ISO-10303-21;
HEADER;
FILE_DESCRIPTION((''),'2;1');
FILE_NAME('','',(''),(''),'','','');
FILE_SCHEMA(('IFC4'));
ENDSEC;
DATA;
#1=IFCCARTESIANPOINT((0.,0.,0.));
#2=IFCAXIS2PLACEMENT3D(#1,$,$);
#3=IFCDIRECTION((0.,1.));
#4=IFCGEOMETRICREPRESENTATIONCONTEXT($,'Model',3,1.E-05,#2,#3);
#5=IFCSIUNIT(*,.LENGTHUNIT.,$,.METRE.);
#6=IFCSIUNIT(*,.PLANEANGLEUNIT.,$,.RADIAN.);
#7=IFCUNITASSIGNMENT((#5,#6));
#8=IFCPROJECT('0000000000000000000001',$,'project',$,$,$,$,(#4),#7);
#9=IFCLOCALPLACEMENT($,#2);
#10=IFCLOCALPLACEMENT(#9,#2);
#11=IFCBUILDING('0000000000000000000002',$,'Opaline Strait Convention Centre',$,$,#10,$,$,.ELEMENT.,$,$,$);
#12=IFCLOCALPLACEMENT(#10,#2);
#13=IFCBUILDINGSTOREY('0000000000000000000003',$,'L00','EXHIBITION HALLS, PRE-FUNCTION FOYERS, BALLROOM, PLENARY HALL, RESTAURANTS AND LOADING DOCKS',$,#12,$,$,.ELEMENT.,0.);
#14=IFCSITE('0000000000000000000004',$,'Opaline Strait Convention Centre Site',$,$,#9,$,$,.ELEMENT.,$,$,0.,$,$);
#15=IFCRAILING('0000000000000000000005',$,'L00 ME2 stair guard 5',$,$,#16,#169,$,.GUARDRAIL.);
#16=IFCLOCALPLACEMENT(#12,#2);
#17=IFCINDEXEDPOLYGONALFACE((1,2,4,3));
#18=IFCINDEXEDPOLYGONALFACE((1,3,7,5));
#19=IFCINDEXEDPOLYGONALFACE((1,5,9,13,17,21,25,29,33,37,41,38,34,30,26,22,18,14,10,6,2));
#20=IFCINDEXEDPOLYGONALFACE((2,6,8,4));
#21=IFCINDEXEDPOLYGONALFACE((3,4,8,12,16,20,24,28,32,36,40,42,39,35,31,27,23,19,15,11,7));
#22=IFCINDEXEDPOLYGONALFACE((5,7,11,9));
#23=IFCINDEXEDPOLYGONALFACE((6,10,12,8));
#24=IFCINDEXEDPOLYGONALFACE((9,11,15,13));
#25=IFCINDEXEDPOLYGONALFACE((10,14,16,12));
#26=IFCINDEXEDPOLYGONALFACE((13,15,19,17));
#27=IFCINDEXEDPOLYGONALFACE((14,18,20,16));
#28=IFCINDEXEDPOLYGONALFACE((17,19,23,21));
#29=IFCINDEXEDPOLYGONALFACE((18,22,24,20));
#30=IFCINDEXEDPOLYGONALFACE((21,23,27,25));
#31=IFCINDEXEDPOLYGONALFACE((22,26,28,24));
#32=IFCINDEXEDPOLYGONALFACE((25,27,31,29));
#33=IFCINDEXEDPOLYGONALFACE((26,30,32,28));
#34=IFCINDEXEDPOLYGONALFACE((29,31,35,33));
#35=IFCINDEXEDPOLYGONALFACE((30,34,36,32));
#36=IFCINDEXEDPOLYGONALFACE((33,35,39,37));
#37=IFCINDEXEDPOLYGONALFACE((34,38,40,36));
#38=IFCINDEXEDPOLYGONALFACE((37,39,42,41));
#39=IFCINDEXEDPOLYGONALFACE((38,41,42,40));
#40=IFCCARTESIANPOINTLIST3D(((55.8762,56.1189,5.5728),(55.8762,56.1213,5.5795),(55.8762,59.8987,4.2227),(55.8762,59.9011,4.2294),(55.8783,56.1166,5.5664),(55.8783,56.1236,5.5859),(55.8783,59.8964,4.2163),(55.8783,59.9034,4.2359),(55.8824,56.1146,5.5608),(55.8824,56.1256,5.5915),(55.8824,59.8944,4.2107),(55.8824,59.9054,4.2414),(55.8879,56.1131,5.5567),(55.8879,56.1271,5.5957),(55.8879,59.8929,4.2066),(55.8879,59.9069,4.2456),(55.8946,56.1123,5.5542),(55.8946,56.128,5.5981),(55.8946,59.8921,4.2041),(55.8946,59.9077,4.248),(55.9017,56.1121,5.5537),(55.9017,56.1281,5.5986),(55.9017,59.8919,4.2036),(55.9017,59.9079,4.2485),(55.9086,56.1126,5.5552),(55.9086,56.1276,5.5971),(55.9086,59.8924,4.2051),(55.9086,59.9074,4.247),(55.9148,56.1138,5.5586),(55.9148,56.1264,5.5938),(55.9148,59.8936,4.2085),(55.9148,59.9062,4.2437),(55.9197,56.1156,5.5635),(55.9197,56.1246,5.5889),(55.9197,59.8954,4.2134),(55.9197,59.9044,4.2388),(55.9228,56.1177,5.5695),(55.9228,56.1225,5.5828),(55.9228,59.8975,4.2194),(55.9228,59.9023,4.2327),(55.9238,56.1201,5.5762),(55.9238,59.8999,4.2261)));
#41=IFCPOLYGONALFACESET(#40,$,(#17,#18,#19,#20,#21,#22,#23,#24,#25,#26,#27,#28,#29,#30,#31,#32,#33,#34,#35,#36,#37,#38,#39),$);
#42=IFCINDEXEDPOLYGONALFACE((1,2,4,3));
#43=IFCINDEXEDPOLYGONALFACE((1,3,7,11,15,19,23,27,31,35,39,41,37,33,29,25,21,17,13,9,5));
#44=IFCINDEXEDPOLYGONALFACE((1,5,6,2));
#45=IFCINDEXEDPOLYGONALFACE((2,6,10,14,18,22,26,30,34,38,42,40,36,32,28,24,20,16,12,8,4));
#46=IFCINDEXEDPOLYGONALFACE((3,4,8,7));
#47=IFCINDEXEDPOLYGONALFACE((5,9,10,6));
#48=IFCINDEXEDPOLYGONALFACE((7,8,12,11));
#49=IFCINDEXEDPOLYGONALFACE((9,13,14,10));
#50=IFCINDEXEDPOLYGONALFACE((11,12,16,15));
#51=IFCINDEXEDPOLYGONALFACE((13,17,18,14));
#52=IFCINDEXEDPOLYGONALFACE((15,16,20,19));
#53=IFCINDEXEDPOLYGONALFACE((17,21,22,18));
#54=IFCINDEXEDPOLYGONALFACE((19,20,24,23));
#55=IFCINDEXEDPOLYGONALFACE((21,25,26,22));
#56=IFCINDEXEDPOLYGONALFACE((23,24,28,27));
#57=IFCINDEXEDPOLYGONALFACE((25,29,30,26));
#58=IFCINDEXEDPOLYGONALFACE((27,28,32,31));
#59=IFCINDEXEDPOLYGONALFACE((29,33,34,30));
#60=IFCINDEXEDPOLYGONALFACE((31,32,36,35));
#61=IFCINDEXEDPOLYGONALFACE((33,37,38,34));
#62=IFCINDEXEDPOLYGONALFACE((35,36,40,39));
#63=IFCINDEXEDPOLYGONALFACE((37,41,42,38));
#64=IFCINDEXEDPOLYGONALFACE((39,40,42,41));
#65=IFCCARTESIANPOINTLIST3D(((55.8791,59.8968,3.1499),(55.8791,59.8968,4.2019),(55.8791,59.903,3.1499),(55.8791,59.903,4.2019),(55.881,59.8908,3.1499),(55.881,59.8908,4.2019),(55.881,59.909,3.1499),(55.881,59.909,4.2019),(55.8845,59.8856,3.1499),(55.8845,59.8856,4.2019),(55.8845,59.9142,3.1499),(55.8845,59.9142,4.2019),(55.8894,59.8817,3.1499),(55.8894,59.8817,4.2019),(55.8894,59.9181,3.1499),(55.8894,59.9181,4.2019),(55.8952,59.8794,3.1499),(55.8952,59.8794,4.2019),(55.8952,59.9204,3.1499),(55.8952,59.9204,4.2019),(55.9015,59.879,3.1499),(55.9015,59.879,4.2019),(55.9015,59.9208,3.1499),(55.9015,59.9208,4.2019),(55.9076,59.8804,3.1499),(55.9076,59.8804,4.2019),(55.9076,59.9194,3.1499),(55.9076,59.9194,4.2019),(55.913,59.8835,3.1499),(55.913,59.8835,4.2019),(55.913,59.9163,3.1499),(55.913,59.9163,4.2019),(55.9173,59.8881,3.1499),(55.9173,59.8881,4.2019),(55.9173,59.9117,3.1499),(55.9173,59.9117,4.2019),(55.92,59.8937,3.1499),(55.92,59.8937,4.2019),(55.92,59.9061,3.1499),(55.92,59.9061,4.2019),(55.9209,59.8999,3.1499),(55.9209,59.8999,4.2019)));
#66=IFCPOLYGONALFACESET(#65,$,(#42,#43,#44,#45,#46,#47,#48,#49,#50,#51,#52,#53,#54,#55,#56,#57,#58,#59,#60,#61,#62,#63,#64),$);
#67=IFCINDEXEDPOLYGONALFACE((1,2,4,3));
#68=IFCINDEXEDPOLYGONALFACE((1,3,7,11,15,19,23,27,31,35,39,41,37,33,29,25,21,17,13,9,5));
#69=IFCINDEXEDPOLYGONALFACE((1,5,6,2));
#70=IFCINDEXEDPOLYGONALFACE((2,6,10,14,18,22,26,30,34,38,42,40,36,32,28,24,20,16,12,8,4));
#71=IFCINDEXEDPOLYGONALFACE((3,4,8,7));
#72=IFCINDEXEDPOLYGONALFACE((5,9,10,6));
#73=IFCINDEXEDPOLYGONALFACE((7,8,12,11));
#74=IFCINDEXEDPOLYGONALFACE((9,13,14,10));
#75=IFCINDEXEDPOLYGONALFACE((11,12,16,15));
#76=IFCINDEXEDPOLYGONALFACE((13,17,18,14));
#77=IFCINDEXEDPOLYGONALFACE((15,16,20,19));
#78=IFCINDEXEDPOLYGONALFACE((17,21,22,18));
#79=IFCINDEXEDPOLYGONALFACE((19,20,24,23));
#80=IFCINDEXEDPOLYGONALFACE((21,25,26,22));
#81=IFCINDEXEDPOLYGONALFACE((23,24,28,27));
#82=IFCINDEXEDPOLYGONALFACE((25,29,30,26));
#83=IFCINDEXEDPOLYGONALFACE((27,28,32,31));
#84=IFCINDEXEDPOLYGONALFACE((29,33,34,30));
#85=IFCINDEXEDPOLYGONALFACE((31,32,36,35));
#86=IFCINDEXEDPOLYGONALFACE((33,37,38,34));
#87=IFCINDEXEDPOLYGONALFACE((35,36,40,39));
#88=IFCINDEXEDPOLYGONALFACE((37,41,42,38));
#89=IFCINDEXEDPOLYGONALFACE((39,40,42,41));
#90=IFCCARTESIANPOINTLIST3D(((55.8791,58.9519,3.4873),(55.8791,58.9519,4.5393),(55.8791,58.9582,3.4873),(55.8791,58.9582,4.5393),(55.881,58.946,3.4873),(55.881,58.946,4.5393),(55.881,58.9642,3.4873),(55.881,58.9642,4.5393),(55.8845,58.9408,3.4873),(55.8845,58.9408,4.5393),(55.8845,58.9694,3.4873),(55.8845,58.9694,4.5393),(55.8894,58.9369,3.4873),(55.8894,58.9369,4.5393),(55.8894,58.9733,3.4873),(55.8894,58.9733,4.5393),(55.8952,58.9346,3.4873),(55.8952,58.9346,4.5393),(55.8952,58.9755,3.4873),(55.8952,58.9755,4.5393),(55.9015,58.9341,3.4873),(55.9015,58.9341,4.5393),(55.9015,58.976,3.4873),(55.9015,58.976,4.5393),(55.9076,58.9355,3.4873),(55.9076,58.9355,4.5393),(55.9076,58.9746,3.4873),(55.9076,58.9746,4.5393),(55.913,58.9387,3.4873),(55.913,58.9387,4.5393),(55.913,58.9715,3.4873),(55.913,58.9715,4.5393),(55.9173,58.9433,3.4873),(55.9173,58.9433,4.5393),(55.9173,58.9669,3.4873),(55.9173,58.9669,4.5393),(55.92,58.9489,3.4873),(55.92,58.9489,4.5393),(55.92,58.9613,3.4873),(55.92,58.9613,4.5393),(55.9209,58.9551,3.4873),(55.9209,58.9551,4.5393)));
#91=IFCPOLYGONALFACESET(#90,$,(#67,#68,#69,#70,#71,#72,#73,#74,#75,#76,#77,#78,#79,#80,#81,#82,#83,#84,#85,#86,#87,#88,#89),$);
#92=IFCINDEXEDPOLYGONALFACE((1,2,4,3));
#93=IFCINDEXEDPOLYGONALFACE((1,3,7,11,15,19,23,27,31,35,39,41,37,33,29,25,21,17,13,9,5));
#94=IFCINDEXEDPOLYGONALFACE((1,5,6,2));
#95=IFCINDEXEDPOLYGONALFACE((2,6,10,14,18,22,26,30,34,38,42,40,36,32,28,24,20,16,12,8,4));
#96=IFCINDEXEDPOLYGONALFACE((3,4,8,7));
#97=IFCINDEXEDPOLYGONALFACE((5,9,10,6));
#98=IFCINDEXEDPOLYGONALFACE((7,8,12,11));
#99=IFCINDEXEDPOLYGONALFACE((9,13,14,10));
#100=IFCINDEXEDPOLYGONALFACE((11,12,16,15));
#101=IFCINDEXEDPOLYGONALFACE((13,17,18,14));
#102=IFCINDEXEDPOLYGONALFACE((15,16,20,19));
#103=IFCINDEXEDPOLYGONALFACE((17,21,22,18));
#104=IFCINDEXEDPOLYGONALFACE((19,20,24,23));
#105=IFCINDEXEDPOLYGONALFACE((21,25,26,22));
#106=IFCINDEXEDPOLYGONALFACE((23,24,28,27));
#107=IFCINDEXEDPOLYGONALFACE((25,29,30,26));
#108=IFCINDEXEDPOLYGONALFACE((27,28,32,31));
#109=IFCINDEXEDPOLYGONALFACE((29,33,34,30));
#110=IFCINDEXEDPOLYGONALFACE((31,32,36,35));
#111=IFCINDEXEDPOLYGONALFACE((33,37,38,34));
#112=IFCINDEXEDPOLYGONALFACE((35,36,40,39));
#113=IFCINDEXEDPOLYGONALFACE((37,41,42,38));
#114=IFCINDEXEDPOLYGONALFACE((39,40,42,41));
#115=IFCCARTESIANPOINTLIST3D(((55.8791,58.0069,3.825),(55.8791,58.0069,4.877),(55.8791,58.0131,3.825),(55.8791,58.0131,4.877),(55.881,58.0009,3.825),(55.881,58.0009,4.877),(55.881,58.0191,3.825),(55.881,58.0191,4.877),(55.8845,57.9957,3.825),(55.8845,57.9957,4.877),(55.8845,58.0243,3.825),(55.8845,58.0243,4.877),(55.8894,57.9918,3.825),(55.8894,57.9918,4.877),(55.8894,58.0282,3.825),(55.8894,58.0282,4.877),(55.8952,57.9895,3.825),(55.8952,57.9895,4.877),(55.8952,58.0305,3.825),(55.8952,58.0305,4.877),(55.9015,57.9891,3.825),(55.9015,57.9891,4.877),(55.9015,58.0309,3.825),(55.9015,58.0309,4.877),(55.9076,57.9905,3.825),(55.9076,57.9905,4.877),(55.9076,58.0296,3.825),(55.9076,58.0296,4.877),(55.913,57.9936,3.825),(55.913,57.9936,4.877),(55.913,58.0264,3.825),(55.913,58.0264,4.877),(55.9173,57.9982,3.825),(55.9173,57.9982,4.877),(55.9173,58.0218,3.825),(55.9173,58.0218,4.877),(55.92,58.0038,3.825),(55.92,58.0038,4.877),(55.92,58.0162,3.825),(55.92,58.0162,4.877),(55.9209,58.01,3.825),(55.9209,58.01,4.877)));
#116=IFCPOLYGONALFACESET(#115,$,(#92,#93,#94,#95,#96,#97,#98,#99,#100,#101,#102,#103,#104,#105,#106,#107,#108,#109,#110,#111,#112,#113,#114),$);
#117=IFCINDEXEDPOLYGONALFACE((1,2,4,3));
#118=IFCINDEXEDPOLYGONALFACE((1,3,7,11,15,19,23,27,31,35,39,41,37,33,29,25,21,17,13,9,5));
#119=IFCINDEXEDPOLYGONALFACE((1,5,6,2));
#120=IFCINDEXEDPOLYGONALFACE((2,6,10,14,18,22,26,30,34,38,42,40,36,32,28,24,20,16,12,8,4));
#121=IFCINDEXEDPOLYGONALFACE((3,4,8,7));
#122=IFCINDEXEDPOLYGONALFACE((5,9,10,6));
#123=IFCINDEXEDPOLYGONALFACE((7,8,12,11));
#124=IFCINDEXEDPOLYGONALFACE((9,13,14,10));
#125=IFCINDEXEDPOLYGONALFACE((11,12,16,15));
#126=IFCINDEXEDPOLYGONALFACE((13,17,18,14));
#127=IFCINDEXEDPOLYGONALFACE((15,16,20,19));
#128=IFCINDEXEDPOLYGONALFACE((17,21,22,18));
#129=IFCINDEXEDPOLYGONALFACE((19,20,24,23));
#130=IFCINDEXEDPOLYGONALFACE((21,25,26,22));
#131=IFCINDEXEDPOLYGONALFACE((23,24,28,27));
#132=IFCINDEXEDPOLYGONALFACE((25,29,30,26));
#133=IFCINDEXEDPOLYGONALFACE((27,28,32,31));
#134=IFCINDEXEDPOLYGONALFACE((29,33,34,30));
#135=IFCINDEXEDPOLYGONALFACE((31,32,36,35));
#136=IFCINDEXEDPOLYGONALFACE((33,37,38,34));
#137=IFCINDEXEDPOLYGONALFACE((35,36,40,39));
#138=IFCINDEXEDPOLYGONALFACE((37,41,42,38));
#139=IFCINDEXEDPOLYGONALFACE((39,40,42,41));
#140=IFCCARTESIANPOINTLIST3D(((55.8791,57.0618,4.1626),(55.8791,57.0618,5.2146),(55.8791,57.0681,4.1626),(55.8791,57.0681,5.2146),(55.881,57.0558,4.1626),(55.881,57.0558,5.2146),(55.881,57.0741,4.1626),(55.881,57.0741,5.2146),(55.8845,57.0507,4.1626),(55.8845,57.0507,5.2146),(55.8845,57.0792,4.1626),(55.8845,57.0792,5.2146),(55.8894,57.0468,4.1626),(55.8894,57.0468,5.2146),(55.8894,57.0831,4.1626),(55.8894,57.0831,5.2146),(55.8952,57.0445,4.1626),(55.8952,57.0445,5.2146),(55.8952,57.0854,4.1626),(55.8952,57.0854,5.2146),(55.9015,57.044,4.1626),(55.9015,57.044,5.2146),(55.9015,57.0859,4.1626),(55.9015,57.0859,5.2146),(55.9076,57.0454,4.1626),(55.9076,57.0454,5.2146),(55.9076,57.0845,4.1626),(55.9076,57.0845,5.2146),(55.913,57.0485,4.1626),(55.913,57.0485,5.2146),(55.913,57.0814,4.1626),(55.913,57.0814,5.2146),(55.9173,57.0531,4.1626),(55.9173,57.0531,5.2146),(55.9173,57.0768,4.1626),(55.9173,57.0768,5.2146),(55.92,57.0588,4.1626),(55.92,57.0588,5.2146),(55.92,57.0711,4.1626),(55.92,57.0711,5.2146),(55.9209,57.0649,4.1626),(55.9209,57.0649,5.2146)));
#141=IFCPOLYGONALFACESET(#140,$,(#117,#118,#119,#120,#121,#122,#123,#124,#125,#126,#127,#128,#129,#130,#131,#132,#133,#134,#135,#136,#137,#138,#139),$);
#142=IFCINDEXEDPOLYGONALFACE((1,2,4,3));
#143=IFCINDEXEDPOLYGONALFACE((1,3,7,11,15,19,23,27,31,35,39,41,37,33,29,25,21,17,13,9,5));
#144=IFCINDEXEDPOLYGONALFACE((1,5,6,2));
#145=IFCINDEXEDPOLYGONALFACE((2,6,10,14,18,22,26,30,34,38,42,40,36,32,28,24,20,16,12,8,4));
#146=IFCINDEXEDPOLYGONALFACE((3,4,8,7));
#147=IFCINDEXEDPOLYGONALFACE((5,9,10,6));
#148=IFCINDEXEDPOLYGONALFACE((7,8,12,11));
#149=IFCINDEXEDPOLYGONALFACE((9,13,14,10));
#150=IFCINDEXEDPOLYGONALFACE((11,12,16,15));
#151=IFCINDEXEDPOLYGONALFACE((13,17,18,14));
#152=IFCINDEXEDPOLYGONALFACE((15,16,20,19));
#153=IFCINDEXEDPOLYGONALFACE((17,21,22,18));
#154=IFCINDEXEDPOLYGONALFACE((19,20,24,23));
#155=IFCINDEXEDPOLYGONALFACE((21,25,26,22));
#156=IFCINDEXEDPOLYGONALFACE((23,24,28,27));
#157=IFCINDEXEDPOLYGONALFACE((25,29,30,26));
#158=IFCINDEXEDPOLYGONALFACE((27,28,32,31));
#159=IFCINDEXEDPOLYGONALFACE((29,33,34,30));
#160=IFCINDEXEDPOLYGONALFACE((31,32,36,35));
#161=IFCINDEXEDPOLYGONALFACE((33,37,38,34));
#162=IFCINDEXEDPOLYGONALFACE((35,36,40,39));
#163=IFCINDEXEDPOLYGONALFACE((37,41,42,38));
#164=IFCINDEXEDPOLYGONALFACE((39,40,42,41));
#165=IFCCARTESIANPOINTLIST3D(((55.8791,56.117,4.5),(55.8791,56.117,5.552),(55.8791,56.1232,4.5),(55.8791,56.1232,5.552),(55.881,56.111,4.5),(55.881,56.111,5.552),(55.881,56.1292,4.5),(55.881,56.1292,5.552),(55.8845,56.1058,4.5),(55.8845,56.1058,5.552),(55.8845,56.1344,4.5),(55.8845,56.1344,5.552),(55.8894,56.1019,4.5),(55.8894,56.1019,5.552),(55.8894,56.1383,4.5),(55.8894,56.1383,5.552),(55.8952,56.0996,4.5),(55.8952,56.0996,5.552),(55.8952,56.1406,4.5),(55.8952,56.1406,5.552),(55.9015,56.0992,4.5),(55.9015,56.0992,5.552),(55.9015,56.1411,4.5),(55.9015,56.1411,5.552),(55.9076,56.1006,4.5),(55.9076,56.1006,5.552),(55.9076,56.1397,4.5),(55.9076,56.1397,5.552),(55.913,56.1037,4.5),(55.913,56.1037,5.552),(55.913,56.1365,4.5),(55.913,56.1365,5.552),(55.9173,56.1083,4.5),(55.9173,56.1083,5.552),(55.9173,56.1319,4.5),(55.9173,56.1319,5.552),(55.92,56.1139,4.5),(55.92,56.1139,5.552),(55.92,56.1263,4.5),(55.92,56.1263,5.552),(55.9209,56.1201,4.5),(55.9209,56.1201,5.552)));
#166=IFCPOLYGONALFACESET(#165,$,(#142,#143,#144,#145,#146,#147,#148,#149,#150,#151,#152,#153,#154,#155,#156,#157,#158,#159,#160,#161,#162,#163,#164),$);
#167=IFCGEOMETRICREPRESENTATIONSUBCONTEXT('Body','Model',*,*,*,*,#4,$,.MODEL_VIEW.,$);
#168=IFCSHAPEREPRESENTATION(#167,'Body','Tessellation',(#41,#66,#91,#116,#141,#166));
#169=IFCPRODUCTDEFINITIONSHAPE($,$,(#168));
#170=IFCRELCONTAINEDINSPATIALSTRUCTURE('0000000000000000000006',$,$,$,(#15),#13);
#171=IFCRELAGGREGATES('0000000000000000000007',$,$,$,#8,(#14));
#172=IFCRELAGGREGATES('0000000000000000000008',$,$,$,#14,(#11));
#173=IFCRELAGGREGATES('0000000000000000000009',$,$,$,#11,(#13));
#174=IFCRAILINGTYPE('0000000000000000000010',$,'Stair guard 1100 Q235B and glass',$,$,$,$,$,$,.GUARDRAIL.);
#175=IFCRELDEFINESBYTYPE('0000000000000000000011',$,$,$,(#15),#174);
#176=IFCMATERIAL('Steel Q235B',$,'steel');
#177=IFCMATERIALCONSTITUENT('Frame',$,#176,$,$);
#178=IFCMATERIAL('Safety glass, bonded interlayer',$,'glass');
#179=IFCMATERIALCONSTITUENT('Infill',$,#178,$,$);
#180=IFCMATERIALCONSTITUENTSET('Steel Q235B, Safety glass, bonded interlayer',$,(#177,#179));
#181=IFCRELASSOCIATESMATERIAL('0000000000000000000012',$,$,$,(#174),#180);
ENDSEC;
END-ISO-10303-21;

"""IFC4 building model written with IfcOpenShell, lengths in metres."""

from ifc_helpers import new_model, si_unit, direction, frame, origin, origin_2d, place, context, subcontext, project, spatial, circle, extrude, material, constituent, constituent_set, type_object, element, save


model = new_model("IFC4")

# Units and contexts
model_context = context("Model", 3, precision=1e-05, world=origin(), true_north=direction((0.0, 1.0)))
body_context = subcontext(model_context, "Body", "Model", "MODEL_VIEW")
ifc_project = project(units=[si_unit("LENGTHUNIT", "METRE"), si_unit("PLANEANGLEUNIT", "RADIAN")], contexts=[model_context])

# Site, building, storey
site_placement = place(None, origin())
site = spatial("IfcSite", under=ifc_project, at=site_placement, Name="Opaline Strait Convention Centre Site", CompositionType="ELEMENT", RefElevation=0.0)
building_placement = place(site_placement, origin())
building = spatial("IfcBuilding", under=site, at=building_placement, Name="Opaline Strait Convention Centre", CompositionType="ELEMENT")
storey_placement = place(building_placement, origin())
storey = spatial("IfcBuildingStorey", under=building, at=storey_placement, Name="L00", Description="EXHIBITION HALLS, PRE-FUNCTION FOYERS, BALLROOM, PLENARY HALL, RESTAURANTS AND LOADING DOCKS", CompositionType="ELEMENT", Elevation=0.0)

# Railing
ifc_material_1 = material(Name="Steel Q235B", Category="steel")
ifc_constituent_1 = constituent(ifc_material_1, Name="Frame")
ifc_material_2 = material(Name="Safety glass, bonded interlayer", Category="glass")
ifc_constituent_2 = constituent(ifc_material_2, Name="Infill")
ifc_constituent_set = constituent_set(constituents=[ifc_constituent_1, ifc_constituent_2], Name="Steel Q235B, Safety glass, bonded interlayer")
railing_type_1 = type_object("IfcRailingType", Name="Stair guard 1100 Q235B and glass", PredefinedType="GUARDRAIL", material=ifc_constituent_set)
railing_1_placement = place(storey_placement, frame((55.8999, 59.8999, 3.1499)))
element("IfcRailing", 1, at=railing_1_placement, inside=storey, type_object=railing_type_1, Name="L00 ME2 stair guard 5", PredefinedType="GUARDRAIL", context=body_context, shape_type="SweptSolid", body=[
    extrude(circle(Radius=0.0239, at=origin_2d()), frame((0.0, 0.0, 1.0762), z_axis=(0.0, -0.941728, 0.336375), x_axis=(1.0, 0.0, 0.0)), (0.0, 0.0, 1.0), 4.0137),
    extrude(circle(Radius=0.021, at=origin_2d()), origin(), (0.0, 0.0, 1.0), 1.052),
    extrude(circle(Radius=0.021, at=origin_2d()), frame((0.0, -0.9448, 0.3374)), (0.0, 0.0, 1.0), 1.052),
    extrude(circle(Radius=0.021, at=origin_2d()), frame((0.0, -1.8899, 0.675)), (0.0, 0.0, 1.0), 1.052),
    extrude(circle(Radius=0.021, at=origin_2d()), frame((0.0, -2.835, 1.0127)), (0.0, 0.0, 1.0), 1.052),
    extrude(circle(Radius=0.021, at=origin_2d()), frame((0.0, -3.7798, 1.3501)), (0.0, 0.0, 1.0), 1.052),
])

save(model, "model.ifc")
